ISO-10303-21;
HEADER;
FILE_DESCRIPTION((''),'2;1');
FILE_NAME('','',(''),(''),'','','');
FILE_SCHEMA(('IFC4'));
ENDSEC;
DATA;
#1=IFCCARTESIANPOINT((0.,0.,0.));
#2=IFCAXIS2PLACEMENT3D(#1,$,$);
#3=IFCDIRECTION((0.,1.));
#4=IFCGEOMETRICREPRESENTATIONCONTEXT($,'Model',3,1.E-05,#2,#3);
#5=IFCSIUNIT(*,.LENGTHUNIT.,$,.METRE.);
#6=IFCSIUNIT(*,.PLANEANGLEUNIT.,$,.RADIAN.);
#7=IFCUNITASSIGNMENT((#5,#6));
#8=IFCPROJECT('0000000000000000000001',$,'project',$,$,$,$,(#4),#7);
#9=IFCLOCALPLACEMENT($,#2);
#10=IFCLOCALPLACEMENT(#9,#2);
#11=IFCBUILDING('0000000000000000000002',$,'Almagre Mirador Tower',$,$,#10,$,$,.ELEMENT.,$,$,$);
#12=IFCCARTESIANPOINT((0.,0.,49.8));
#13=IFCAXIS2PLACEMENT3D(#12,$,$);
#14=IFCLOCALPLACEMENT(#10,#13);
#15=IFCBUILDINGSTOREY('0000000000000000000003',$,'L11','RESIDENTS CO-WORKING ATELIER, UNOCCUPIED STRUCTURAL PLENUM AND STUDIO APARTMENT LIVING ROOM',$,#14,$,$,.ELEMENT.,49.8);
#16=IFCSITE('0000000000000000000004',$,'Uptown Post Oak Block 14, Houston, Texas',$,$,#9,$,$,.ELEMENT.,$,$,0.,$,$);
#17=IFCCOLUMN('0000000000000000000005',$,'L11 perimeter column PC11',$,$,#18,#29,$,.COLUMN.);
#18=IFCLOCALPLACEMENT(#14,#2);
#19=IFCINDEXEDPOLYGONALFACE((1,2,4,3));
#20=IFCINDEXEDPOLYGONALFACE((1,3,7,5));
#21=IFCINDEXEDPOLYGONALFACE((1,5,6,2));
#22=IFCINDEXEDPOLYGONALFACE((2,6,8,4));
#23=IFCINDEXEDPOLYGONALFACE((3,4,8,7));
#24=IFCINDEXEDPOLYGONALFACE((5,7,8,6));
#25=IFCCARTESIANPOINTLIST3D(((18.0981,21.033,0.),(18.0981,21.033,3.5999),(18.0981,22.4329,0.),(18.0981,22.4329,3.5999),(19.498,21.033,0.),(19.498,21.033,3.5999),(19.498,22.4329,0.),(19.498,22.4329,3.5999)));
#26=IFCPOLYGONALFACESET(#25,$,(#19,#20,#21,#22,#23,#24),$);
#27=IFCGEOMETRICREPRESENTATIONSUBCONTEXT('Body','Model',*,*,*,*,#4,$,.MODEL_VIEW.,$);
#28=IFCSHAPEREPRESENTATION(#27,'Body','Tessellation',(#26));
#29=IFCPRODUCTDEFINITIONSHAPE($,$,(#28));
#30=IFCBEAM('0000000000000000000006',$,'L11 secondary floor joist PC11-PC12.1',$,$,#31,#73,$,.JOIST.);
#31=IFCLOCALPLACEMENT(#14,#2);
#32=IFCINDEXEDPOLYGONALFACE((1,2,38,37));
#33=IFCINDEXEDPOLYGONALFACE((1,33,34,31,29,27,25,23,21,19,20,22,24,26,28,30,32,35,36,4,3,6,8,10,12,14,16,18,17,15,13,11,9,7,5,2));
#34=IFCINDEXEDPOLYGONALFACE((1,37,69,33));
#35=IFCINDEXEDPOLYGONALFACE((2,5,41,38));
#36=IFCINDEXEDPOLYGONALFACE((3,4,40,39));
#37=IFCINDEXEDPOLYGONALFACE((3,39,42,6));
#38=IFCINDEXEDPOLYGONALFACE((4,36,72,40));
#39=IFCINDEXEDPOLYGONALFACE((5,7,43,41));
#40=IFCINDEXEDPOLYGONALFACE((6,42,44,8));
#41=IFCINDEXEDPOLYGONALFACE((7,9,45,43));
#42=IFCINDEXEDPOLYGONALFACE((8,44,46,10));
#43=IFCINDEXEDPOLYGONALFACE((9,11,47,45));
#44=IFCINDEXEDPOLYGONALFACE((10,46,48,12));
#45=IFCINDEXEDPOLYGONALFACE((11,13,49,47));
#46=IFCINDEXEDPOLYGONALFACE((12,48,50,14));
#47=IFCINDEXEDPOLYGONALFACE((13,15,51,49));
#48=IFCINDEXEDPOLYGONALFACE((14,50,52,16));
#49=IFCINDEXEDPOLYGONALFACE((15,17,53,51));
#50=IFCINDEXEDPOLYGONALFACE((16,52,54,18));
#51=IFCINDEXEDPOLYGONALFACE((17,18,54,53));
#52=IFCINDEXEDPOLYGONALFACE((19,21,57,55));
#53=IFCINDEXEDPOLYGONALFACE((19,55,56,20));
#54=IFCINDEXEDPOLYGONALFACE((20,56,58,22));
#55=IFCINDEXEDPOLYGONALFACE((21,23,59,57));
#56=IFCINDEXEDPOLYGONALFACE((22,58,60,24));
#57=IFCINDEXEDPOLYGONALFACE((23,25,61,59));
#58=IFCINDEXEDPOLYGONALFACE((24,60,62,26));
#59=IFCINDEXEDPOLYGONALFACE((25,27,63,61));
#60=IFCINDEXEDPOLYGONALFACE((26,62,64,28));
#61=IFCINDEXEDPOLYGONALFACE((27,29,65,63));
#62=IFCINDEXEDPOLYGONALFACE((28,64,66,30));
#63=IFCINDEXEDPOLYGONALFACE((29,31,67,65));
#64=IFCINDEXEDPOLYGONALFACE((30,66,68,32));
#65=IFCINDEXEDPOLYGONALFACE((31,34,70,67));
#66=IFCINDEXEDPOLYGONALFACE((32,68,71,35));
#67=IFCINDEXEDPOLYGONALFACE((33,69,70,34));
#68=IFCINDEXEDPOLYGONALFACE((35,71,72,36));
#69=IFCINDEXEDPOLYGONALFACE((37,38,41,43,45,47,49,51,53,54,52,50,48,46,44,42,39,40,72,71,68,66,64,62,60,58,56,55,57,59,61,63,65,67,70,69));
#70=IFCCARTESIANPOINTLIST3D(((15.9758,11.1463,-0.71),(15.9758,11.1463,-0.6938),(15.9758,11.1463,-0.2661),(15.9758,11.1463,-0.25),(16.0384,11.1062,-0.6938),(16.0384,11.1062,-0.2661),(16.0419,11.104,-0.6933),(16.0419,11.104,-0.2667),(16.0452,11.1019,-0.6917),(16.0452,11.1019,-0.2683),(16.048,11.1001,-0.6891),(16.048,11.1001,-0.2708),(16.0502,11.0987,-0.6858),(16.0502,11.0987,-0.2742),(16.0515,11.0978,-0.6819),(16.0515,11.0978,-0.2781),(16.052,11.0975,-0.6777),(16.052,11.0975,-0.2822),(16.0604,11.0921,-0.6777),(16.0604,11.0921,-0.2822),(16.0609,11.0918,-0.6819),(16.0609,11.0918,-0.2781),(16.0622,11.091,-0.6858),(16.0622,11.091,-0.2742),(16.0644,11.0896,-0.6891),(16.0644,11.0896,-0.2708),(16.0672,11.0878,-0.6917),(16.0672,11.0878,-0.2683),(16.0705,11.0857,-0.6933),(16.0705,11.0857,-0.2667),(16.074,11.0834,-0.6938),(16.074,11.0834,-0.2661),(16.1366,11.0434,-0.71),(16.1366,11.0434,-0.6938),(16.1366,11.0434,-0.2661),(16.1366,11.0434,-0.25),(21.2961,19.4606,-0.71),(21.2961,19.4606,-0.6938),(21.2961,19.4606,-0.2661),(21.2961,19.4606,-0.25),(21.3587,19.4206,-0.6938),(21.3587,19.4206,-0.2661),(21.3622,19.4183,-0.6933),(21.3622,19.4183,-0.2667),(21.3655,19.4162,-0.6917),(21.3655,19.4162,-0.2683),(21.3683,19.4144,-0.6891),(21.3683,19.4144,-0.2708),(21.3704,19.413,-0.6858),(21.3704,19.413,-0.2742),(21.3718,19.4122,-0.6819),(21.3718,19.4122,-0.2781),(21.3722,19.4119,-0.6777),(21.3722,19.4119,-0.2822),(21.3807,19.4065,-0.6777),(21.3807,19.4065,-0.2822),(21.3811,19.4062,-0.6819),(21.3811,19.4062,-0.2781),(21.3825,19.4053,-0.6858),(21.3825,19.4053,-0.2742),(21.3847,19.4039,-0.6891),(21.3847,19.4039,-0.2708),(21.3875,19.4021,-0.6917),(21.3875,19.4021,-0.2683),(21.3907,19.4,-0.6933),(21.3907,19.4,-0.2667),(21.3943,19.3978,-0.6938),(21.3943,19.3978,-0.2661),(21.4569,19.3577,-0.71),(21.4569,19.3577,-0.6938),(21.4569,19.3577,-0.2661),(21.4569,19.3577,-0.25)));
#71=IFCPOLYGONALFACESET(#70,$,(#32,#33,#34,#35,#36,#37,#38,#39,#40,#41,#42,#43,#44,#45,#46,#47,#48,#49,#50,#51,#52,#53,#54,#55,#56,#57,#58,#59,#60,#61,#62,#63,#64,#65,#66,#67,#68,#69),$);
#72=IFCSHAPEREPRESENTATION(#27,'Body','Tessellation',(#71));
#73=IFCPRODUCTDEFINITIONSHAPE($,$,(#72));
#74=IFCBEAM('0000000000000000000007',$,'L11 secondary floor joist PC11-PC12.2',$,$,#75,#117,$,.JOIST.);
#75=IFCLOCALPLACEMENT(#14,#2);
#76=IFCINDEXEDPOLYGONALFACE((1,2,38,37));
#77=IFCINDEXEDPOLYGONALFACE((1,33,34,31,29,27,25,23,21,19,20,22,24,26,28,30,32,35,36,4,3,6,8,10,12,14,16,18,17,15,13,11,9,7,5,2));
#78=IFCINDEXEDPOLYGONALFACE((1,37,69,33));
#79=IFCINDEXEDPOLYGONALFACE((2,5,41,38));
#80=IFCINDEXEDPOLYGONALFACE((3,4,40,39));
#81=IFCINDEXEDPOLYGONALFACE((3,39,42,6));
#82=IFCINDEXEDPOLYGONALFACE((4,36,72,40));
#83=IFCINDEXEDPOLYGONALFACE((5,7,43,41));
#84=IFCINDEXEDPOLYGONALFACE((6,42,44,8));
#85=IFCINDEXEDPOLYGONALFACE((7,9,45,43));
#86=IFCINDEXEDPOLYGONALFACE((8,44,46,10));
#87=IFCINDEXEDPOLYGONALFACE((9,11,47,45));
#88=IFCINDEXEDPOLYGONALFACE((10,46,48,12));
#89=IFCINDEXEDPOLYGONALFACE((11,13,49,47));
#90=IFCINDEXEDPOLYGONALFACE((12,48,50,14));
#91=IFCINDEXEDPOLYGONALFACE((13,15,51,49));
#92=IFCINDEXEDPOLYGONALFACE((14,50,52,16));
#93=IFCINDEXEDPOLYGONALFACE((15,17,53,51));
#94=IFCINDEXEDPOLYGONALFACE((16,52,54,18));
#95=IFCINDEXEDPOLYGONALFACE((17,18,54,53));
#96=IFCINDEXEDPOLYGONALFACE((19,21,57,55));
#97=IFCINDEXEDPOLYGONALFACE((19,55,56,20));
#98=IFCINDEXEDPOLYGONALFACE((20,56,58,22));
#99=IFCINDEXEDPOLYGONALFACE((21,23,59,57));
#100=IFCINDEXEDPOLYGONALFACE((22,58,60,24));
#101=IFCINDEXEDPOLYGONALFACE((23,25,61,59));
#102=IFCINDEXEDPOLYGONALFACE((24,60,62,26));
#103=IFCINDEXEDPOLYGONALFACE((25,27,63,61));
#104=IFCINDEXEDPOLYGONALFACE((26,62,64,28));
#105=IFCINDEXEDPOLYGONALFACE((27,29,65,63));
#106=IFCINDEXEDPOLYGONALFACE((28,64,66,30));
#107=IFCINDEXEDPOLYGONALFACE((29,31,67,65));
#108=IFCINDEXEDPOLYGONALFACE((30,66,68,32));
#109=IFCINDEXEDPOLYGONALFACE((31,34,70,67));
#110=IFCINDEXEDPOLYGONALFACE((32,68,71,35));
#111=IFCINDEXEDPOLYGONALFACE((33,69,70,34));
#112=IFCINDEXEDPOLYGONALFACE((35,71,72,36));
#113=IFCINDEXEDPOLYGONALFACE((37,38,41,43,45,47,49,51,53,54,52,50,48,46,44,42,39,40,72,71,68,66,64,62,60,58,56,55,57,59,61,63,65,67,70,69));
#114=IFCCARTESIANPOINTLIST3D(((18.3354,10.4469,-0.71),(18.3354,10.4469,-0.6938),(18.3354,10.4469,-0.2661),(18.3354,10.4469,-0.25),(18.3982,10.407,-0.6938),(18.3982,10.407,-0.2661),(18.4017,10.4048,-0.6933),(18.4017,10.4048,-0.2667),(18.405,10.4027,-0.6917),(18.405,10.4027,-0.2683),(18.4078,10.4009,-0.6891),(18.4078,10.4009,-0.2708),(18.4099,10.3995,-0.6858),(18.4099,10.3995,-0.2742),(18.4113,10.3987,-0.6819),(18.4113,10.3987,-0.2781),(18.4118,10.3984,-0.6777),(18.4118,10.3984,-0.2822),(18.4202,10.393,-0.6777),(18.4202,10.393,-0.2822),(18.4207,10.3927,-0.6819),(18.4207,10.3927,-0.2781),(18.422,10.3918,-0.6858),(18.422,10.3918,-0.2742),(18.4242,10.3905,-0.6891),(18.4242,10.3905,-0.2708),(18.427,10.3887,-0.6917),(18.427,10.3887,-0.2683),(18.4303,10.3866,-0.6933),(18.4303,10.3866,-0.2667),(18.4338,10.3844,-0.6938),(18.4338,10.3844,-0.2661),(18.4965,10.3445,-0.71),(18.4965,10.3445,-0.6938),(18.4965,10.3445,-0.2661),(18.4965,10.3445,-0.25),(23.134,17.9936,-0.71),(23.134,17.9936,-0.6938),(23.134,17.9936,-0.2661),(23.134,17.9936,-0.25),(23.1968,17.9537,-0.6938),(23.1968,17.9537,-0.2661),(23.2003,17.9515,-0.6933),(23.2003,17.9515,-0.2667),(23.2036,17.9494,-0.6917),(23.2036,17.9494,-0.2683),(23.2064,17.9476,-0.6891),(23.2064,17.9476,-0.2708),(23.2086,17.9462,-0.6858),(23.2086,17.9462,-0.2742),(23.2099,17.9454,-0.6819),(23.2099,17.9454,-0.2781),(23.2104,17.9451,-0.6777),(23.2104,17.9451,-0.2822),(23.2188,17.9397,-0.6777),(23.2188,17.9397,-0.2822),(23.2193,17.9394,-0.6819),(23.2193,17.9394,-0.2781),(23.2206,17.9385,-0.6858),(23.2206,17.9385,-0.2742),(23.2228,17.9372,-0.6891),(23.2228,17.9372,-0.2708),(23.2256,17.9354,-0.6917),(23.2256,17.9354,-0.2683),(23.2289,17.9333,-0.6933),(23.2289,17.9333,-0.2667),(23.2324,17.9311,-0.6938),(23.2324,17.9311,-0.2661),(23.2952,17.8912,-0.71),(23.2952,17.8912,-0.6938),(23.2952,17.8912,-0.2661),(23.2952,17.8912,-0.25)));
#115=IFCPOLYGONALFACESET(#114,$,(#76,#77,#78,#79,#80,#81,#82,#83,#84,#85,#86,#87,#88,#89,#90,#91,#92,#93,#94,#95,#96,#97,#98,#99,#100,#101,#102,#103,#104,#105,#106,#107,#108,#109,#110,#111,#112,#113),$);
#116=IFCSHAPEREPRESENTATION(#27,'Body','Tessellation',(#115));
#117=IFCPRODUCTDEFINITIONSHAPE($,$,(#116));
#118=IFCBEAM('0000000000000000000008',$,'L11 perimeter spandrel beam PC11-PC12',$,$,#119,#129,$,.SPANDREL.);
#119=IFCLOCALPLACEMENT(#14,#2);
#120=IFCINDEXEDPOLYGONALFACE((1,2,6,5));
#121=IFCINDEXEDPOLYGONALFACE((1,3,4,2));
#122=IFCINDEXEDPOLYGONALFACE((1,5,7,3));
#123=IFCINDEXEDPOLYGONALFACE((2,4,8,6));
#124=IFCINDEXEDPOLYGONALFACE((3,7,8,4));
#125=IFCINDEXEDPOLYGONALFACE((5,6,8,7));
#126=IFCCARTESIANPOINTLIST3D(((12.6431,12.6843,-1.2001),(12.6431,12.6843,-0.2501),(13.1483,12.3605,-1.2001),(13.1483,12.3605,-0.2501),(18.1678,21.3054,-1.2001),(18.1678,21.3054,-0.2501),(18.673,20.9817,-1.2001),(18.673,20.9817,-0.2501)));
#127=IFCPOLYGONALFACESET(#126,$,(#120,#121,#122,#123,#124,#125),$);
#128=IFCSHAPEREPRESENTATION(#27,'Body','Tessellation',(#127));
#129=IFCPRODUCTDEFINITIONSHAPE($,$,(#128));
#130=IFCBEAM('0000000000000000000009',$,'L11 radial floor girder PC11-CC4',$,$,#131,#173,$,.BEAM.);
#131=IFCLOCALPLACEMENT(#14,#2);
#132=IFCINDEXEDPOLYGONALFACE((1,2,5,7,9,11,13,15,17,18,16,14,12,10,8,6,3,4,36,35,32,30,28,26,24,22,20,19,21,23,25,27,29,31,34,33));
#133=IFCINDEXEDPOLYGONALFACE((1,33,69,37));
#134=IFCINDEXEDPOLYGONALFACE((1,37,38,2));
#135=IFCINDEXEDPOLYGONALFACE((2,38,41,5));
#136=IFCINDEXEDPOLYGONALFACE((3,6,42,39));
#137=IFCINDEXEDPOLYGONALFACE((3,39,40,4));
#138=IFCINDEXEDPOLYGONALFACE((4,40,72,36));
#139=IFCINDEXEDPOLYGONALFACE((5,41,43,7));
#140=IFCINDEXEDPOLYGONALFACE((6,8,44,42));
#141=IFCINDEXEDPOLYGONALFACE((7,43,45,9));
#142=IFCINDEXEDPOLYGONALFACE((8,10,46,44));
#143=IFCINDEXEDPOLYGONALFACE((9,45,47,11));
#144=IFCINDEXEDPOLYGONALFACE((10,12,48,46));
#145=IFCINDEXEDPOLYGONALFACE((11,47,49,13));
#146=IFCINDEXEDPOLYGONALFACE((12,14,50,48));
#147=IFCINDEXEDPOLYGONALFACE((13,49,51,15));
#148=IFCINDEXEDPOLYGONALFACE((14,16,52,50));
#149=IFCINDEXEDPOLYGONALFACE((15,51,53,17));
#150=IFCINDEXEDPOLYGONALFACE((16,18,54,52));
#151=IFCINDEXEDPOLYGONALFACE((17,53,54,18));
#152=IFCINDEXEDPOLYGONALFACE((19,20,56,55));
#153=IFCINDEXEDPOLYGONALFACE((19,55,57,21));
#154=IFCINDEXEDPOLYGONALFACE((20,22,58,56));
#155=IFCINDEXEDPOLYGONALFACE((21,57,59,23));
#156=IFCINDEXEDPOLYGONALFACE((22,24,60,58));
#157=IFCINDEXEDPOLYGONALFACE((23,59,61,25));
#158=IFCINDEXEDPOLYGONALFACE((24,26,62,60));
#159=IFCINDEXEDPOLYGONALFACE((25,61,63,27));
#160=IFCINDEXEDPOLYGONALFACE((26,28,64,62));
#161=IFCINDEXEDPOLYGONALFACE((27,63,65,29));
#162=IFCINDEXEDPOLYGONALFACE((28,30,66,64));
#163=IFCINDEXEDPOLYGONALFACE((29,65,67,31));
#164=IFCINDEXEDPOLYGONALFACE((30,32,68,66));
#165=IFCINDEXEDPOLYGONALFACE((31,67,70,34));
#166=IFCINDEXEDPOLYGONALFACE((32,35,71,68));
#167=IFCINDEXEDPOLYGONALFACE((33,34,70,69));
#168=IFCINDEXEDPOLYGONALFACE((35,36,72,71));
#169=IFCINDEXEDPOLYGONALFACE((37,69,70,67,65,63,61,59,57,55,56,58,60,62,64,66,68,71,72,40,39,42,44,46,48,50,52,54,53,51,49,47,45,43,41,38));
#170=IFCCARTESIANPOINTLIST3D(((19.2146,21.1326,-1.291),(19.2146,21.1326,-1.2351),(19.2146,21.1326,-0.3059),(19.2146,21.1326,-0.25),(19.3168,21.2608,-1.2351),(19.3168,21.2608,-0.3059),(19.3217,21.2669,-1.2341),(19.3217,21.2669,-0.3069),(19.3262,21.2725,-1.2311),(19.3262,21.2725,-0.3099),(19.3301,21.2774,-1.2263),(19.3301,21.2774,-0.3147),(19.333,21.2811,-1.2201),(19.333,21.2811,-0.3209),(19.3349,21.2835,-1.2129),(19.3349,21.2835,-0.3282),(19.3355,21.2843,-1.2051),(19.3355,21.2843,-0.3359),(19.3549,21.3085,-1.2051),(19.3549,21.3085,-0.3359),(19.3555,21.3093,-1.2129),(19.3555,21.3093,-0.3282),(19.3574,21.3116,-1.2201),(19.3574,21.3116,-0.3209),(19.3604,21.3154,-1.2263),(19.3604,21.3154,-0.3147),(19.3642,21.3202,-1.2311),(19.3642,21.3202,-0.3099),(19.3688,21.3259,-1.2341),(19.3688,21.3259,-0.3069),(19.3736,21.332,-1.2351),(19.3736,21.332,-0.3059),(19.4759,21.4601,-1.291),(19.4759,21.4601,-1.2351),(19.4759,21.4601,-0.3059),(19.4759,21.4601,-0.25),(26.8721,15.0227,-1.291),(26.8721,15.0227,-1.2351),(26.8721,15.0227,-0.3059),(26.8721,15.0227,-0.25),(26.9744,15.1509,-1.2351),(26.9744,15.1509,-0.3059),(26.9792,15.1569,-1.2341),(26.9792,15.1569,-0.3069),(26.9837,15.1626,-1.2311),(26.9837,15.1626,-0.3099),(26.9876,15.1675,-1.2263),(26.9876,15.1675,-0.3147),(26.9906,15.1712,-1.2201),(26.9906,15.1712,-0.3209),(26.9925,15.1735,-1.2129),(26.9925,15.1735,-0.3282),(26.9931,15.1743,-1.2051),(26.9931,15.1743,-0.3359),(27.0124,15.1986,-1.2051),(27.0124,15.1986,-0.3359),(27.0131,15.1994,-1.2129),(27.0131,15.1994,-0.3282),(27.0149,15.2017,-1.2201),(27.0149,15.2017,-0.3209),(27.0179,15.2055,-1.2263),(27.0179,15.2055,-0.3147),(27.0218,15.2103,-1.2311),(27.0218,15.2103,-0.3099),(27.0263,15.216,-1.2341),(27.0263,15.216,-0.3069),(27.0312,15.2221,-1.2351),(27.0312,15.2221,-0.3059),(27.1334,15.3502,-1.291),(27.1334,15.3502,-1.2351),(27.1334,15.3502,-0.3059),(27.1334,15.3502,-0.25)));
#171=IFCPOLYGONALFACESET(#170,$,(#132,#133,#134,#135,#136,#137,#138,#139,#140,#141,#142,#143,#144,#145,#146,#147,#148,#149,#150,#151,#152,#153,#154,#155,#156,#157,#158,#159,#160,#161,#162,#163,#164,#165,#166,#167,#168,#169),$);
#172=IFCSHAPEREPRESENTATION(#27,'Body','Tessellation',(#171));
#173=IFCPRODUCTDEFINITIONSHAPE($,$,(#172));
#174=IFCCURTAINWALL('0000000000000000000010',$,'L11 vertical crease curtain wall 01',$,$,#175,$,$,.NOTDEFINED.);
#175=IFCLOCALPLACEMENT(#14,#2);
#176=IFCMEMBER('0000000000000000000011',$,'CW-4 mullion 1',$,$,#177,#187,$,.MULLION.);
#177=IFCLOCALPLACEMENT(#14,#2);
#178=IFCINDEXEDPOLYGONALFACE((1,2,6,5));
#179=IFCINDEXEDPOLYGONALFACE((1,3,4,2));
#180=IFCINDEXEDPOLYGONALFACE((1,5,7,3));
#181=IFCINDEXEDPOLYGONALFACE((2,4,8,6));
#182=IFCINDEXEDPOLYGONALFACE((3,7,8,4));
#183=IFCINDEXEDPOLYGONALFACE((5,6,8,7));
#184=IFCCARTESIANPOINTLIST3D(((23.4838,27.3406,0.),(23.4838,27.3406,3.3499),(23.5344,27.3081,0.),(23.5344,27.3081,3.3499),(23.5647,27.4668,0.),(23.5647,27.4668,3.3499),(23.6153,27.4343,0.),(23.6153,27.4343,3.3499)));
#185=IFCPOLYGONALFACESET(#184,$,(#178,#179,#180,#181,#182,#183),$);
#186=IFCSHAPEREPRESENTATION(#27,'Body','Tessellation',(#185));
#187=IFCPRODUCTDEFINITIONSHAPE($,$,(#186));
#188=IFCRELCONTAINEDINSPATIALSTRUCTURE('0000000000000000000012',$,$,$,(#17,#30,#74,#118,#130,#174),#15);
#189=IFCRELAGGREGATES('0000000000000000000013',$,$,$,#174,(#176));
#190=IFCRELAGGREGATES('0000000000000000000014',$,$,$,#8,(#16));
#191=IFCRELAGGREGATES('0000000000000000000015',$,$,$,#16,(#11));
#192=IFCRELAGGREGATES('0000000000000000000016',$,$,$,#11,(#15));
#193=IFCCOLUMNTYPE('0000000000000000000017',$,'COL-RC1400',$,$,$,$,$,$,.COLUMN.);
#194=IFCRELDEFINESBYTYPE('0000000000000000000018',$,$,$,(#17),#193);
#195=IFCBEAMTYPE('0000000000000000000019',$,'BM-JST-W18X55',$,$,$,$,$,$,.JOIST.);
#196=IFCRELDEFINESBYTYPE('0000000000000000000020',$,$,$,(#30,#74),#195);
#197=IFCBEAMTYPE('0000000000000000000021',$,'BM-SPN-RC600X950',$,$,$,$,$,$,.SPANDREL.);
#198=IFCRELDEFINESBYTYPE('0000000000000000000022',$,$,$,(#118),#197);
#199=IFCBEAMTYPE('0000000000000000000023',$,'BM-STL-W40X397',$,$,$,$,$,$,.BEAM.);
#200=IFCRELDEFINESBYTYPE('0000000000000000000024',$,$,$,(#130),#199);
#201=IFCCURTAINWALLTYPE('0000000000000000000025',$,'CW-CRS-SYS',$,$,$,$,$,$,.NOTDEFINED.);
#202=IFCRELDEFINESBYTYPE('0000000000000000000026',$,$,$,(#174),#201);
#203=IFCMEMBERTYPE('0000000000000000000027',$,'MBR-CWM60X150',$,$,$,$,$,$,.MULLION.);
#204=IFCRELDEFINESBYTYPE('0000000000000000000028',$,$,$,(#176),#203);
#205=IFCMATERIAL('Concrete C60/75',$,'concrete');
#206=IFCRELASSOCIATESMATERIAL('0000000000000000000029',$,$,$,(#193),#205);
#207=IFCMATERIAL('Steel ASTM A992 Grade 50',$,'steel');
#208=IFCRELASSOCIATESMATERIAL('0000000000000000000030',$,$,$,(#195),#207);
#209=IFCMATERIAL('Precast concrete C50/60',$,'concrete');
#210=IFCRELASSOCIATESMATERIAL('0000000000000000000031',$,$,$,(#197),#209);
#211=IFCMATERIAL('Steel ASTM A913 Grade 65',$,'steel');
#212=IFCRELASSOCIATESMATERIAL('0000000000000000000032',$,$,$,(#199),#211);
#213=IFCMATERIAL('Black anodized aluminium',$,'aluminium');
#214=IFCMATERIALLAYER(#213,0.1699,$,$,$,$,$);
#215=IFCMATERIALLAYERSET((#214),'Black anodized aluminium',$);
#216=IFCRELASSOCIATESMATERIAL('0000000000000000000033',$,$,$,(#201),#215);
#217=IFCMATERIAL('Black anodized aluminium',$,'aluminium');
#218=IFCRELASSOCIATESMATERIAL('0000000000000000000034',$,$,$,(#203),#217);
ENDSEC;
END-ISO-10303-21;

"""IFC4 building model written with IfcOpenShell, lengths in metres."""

from ifc_helpers import new_model, si_unit, direction, frame, origin, origin_2d, place, context, subcontext, project, spatial, rectangle, i_section, extrude, material, layer, layer_set, material_profile, profile_set, type_object, element, aggregate, save


model = new_model("IFC4")

# Units and contexts
model_context = context("Model", 3, precision=1e-05, world=origin(), true_north=direction((0.0, 1.0)))
body_context = subcontext(model_context, "Body", "Model", "MODEL_VIEW")
ifc_project = project(units=[si_unit("LENGTHUNIT", "METRE"), si_unit("PLANEANGLEUNIT", "RADIAN")], contexts=[model_context])

# Site, building, storey
site_placement = place(None, origin())
site = spatial("IfcSite", under=ifc_project, at=site_placement, Name="Uptown Post Oak Block 14, Houston, Texas", CompositionType="ELEMENT", RefElevation=0.0)
building_placement = place(site_placement, origin())
building = spatial("IfcBuilding", under=site, at=building_placement, Name="Almagre Mirador Tower", CompositionType="ELEMENT")
storey_placement = place(building_placement, frame((0.0, 0.0, 49.8)))
storey = spatial("IfcBuildingStorey", under=building, at=storey_placement, Name="L11", Description="RESIDENTS CO-WORKING ATELIER, UNOCCUPIED STRUCTURAL PLENUM AND STUDIO APARTMENT LIVING ROOM", CompositionType="ELEMENT", Elevation=49.8)

# Column
ifc_material_1 = material(Name="Concrete C60/75", Category="concrete")
ifc_material_profile_1 = material_profile(ifc_material_1, rectangle(XDim=1.3999, YDim=1.3999, at=origin_2d()), Name="RC1400X1400")
ifc_profile_set_1 = profile_set([ifc_material_profile_1], Name="Concrete C60/75")
column_type = type_object("IfcColumnType", Name="COL-RC1400", PredefinedType="COLUMN", material=ifc_profile_set_1)
column_placement = place(storey_placement, frame((18.7981, 21.7329, 0.0), z_axis=(0.0, 0.0, 1.0), x_axis=(1.0, 0.0, 0.0)))
element("IfcColumn", 1, at=column_placement, inside=storey, type_object=column_type, Name="L11 perimeter column PC11", PredefinedType="COLUMN", context=body_context, shape_type="SweptSolid", body=[
    extrude(rectangle(XDim=1.3999, YDim=1.3999, at=origin_2d()), origin(), (0.0, 0.0, 1.0), 3.5999),
])

# Beams
ifc_material_2 = material(Name="Steel ASTM A992 Grade 50", Category="steel")
ifc_material_profile_2 = material_profile(ifc_material_2, i_section(OverallWidth=0.1909, OverallDepth=0.46, WebThickness=0.01, FlangeThickness=0.0161, FilletRadius=0.0161, at=origin_2d()), Name="W18X55")
ifc_profile_set_2 = profile_set([ifc_material_profile_2], Name="Steel ASTM A992 Grade 50")
beam_type_1 = type_object("IfcBeamType", Name="BM-JST-W18X55", PredefinedType="JOIST", material=ifc_profile_set_2)
beam_1_placement = place(storey_placement, frame((21.3765, 19.4092, -0.48), z_axis=(-0.538986, -0.842315, 0.0), x_axis=(0.842315, -0.538986, 0.0)))
element("IfcBeam", 2, at=beam_1_placement, inside=storey, type_object=beam_type_1, Name="L11 secondary floor joist PC11-PC12.1", PredefinedType="JOIST", context=body_context, shape_type="SweptSolid", body=[
    extrude(i_section(OverallWidth=0.1909, OverallDepth=0.46, WebThickness=0.01, FlangeThickness=0.0161, FilletRadius=0.0161, at=origin_2d()), origin(), (0.0, 0.0, 1.0), 9.8708),
])
beam_2_placement = place(storey_placement, frame((23.2146, 17.9424, -0.48), z_axis=(-0.536572, -0.843855, 0.0), x_axis=(0.843855, -0.536572, 0.0)))
element("IfcBeam", 3, at=beam_2_placement, inside=storey, type_object=beam_type_1, Name="L11 secondary floor joist PC11-PC12.2", PredefinedType="JOIST", context=body_context, shape_type="SweptSolid", body=[
    extrude(i_section(OverallWidth=0.1909, OverallDepth=0.46, WebThickness=0.01, FlangeThickness=0.0161, FilletRadius=0.0161, at=origin_2d()), origin(), (0.0, 0.0, 1.0), 8.9431),
])
ifc_material_3 = material(Name="Precast concrete C50/60", Category="concrete")
ifc_material_profile_3 = material_profile(ifc_material_3, rectangle(XDim=0.6001, YDim=0.95, at=origin_2d()), Name="RC600X950")
ifc_profile_set_3 = profile_set([ifc_material_profile_3], Name="Precast concrete C50/60")
beam_type_2 = type_object("IfcBeamType", Name="BM-SPN-RC600X950", PredefinedType="SPANDREL", material=ifc_profile_set_3)
beam_3_placement = place(storey_placement, frame((18.4204, 21.1436, -0.7251), z_axis=(-0.53955, -0.841954, 0.0), x_axis=(0.841954, -0.53955, 0.0)))
element("IfcBeam", 4, at=beam_3_placement, inside=storey, type_object=beam_type_2, Name="L11 perimeter spandrel beam PC11-PC12", PredefinedType="SPANDREL", context=body_context, shape_type="SweptSolid", body=[
    extrude(rectangle(XDim=0.6001, YDim=0.95, at=origin_2d()), origin(), (0.0, 0.0, 1.0), 10.2395),
])
ifc_material_4 = material(Name="Steel ASTM A913 Grade 65", Category="steel")
ifc_material_profile_4 = material_profile(ifc_material_4, i_section(OverallWidth=0.4189, OverallDepth=1.041, WebThickness=0.031, FlangeThickness=0.0559, FilletRadius=0.03, at=origin_2d()), Name="W40X397")
ifc_profile_set_4 = profile_set([ifc_material_profile_4], Name="Steel ASTM A913 Grade 65")
beam_type_3 = type_object("IfcBeamType", Name="BM-STL-W40X397", PredefinedType="BEAM", material=ifc_profile_set_4)
beam_4_placement = place(storey_placement, frame((19.3452, 21.2964, -0.7705), z_axis=(0.781671, -0.623692, 0.0), x_axis=(0.623692, 0.781671, 0.0)))
element("IfcBeam", 5, at=beam_4_placement, inside=storey, type_object=beam_type_3, Name="L11 radial floor girder PC11-CC4", PredefinedType="BEAM", context=body_context, shape_type="SweptSolid", body=[
    extrude(i_section(OverallWidth=0.4189, OverallDepth=1.041, WebThickness=0.031, FlangeThickness=0.0559, FilletRadius=0.03, at=origin_2d()), origin(), (0.0, 0.0, 1.0), 9.7964),
])

# Curtain wall, member
ifc_material_5 = material(Name="Black anodized aluminium", Category="aluminium")
ifc_layer_1 = layer(ifc_material_5, 0.1699)
ifc_layer_set_1 = layer_set([ifc_layer_1], Name="Black anodized aluminium")
curtain_wall_type = type_object("IfcCurtainWallType", Name="CW-CRS-SYS", PredefinedType="NOTDEFINED", material=ifc_layer_set_1)
curtain_wall_placement = place(storey_placement, origin())
curtain_wall = element("IfcCurtainWall", 6, at=curtain_wall_placement, inside=storey, type_object=curtain_wall_type, Name="L11 vertical crease curtain wall 01", PredefinedType="NOTDEFINED")
ifc_material_6 = material(Name="Black anodized aluminium", Category="aluminium")
ifc_material_profile_5 = material_profile(ifc_material_6, rectangle(XDim=0.0601, YDim=0.1499, at=origin_2d()), Name="CWM60X150")
ifc_profile_set_5 = profile_set([ifc_material_profile_5], Name="Black anodized aluminium")
member_type_1 = type_object("IfcMemberType", Name="MBR-CWM60X150", PredefinedType="MULLION", material=ifc_profile_set_5)
member_1_placement = place(storey_placement, frame((23.5496, 27.3875, 0.0), z_axis=(0.0, 0.0, 1.0), x_axis=(-0.841762, 0.539849, 0.0)))
member_1 = element("IfcMember", 7, at=member_1_placement, type_object=member_type_1, Name="CW-4 mullion 1", PredefinedType="MULLION", context=body_context, shape_type="SweptSolid", body=[
    extrude(rectangle(XDim=0.0601, YDim=0.1499, at=origin_2d()), origin(), (0.0, 0.0, 1.0), 3.3499),
])
aggregate(curtain_wall, [member_1])

save(model, "model.ifc")
